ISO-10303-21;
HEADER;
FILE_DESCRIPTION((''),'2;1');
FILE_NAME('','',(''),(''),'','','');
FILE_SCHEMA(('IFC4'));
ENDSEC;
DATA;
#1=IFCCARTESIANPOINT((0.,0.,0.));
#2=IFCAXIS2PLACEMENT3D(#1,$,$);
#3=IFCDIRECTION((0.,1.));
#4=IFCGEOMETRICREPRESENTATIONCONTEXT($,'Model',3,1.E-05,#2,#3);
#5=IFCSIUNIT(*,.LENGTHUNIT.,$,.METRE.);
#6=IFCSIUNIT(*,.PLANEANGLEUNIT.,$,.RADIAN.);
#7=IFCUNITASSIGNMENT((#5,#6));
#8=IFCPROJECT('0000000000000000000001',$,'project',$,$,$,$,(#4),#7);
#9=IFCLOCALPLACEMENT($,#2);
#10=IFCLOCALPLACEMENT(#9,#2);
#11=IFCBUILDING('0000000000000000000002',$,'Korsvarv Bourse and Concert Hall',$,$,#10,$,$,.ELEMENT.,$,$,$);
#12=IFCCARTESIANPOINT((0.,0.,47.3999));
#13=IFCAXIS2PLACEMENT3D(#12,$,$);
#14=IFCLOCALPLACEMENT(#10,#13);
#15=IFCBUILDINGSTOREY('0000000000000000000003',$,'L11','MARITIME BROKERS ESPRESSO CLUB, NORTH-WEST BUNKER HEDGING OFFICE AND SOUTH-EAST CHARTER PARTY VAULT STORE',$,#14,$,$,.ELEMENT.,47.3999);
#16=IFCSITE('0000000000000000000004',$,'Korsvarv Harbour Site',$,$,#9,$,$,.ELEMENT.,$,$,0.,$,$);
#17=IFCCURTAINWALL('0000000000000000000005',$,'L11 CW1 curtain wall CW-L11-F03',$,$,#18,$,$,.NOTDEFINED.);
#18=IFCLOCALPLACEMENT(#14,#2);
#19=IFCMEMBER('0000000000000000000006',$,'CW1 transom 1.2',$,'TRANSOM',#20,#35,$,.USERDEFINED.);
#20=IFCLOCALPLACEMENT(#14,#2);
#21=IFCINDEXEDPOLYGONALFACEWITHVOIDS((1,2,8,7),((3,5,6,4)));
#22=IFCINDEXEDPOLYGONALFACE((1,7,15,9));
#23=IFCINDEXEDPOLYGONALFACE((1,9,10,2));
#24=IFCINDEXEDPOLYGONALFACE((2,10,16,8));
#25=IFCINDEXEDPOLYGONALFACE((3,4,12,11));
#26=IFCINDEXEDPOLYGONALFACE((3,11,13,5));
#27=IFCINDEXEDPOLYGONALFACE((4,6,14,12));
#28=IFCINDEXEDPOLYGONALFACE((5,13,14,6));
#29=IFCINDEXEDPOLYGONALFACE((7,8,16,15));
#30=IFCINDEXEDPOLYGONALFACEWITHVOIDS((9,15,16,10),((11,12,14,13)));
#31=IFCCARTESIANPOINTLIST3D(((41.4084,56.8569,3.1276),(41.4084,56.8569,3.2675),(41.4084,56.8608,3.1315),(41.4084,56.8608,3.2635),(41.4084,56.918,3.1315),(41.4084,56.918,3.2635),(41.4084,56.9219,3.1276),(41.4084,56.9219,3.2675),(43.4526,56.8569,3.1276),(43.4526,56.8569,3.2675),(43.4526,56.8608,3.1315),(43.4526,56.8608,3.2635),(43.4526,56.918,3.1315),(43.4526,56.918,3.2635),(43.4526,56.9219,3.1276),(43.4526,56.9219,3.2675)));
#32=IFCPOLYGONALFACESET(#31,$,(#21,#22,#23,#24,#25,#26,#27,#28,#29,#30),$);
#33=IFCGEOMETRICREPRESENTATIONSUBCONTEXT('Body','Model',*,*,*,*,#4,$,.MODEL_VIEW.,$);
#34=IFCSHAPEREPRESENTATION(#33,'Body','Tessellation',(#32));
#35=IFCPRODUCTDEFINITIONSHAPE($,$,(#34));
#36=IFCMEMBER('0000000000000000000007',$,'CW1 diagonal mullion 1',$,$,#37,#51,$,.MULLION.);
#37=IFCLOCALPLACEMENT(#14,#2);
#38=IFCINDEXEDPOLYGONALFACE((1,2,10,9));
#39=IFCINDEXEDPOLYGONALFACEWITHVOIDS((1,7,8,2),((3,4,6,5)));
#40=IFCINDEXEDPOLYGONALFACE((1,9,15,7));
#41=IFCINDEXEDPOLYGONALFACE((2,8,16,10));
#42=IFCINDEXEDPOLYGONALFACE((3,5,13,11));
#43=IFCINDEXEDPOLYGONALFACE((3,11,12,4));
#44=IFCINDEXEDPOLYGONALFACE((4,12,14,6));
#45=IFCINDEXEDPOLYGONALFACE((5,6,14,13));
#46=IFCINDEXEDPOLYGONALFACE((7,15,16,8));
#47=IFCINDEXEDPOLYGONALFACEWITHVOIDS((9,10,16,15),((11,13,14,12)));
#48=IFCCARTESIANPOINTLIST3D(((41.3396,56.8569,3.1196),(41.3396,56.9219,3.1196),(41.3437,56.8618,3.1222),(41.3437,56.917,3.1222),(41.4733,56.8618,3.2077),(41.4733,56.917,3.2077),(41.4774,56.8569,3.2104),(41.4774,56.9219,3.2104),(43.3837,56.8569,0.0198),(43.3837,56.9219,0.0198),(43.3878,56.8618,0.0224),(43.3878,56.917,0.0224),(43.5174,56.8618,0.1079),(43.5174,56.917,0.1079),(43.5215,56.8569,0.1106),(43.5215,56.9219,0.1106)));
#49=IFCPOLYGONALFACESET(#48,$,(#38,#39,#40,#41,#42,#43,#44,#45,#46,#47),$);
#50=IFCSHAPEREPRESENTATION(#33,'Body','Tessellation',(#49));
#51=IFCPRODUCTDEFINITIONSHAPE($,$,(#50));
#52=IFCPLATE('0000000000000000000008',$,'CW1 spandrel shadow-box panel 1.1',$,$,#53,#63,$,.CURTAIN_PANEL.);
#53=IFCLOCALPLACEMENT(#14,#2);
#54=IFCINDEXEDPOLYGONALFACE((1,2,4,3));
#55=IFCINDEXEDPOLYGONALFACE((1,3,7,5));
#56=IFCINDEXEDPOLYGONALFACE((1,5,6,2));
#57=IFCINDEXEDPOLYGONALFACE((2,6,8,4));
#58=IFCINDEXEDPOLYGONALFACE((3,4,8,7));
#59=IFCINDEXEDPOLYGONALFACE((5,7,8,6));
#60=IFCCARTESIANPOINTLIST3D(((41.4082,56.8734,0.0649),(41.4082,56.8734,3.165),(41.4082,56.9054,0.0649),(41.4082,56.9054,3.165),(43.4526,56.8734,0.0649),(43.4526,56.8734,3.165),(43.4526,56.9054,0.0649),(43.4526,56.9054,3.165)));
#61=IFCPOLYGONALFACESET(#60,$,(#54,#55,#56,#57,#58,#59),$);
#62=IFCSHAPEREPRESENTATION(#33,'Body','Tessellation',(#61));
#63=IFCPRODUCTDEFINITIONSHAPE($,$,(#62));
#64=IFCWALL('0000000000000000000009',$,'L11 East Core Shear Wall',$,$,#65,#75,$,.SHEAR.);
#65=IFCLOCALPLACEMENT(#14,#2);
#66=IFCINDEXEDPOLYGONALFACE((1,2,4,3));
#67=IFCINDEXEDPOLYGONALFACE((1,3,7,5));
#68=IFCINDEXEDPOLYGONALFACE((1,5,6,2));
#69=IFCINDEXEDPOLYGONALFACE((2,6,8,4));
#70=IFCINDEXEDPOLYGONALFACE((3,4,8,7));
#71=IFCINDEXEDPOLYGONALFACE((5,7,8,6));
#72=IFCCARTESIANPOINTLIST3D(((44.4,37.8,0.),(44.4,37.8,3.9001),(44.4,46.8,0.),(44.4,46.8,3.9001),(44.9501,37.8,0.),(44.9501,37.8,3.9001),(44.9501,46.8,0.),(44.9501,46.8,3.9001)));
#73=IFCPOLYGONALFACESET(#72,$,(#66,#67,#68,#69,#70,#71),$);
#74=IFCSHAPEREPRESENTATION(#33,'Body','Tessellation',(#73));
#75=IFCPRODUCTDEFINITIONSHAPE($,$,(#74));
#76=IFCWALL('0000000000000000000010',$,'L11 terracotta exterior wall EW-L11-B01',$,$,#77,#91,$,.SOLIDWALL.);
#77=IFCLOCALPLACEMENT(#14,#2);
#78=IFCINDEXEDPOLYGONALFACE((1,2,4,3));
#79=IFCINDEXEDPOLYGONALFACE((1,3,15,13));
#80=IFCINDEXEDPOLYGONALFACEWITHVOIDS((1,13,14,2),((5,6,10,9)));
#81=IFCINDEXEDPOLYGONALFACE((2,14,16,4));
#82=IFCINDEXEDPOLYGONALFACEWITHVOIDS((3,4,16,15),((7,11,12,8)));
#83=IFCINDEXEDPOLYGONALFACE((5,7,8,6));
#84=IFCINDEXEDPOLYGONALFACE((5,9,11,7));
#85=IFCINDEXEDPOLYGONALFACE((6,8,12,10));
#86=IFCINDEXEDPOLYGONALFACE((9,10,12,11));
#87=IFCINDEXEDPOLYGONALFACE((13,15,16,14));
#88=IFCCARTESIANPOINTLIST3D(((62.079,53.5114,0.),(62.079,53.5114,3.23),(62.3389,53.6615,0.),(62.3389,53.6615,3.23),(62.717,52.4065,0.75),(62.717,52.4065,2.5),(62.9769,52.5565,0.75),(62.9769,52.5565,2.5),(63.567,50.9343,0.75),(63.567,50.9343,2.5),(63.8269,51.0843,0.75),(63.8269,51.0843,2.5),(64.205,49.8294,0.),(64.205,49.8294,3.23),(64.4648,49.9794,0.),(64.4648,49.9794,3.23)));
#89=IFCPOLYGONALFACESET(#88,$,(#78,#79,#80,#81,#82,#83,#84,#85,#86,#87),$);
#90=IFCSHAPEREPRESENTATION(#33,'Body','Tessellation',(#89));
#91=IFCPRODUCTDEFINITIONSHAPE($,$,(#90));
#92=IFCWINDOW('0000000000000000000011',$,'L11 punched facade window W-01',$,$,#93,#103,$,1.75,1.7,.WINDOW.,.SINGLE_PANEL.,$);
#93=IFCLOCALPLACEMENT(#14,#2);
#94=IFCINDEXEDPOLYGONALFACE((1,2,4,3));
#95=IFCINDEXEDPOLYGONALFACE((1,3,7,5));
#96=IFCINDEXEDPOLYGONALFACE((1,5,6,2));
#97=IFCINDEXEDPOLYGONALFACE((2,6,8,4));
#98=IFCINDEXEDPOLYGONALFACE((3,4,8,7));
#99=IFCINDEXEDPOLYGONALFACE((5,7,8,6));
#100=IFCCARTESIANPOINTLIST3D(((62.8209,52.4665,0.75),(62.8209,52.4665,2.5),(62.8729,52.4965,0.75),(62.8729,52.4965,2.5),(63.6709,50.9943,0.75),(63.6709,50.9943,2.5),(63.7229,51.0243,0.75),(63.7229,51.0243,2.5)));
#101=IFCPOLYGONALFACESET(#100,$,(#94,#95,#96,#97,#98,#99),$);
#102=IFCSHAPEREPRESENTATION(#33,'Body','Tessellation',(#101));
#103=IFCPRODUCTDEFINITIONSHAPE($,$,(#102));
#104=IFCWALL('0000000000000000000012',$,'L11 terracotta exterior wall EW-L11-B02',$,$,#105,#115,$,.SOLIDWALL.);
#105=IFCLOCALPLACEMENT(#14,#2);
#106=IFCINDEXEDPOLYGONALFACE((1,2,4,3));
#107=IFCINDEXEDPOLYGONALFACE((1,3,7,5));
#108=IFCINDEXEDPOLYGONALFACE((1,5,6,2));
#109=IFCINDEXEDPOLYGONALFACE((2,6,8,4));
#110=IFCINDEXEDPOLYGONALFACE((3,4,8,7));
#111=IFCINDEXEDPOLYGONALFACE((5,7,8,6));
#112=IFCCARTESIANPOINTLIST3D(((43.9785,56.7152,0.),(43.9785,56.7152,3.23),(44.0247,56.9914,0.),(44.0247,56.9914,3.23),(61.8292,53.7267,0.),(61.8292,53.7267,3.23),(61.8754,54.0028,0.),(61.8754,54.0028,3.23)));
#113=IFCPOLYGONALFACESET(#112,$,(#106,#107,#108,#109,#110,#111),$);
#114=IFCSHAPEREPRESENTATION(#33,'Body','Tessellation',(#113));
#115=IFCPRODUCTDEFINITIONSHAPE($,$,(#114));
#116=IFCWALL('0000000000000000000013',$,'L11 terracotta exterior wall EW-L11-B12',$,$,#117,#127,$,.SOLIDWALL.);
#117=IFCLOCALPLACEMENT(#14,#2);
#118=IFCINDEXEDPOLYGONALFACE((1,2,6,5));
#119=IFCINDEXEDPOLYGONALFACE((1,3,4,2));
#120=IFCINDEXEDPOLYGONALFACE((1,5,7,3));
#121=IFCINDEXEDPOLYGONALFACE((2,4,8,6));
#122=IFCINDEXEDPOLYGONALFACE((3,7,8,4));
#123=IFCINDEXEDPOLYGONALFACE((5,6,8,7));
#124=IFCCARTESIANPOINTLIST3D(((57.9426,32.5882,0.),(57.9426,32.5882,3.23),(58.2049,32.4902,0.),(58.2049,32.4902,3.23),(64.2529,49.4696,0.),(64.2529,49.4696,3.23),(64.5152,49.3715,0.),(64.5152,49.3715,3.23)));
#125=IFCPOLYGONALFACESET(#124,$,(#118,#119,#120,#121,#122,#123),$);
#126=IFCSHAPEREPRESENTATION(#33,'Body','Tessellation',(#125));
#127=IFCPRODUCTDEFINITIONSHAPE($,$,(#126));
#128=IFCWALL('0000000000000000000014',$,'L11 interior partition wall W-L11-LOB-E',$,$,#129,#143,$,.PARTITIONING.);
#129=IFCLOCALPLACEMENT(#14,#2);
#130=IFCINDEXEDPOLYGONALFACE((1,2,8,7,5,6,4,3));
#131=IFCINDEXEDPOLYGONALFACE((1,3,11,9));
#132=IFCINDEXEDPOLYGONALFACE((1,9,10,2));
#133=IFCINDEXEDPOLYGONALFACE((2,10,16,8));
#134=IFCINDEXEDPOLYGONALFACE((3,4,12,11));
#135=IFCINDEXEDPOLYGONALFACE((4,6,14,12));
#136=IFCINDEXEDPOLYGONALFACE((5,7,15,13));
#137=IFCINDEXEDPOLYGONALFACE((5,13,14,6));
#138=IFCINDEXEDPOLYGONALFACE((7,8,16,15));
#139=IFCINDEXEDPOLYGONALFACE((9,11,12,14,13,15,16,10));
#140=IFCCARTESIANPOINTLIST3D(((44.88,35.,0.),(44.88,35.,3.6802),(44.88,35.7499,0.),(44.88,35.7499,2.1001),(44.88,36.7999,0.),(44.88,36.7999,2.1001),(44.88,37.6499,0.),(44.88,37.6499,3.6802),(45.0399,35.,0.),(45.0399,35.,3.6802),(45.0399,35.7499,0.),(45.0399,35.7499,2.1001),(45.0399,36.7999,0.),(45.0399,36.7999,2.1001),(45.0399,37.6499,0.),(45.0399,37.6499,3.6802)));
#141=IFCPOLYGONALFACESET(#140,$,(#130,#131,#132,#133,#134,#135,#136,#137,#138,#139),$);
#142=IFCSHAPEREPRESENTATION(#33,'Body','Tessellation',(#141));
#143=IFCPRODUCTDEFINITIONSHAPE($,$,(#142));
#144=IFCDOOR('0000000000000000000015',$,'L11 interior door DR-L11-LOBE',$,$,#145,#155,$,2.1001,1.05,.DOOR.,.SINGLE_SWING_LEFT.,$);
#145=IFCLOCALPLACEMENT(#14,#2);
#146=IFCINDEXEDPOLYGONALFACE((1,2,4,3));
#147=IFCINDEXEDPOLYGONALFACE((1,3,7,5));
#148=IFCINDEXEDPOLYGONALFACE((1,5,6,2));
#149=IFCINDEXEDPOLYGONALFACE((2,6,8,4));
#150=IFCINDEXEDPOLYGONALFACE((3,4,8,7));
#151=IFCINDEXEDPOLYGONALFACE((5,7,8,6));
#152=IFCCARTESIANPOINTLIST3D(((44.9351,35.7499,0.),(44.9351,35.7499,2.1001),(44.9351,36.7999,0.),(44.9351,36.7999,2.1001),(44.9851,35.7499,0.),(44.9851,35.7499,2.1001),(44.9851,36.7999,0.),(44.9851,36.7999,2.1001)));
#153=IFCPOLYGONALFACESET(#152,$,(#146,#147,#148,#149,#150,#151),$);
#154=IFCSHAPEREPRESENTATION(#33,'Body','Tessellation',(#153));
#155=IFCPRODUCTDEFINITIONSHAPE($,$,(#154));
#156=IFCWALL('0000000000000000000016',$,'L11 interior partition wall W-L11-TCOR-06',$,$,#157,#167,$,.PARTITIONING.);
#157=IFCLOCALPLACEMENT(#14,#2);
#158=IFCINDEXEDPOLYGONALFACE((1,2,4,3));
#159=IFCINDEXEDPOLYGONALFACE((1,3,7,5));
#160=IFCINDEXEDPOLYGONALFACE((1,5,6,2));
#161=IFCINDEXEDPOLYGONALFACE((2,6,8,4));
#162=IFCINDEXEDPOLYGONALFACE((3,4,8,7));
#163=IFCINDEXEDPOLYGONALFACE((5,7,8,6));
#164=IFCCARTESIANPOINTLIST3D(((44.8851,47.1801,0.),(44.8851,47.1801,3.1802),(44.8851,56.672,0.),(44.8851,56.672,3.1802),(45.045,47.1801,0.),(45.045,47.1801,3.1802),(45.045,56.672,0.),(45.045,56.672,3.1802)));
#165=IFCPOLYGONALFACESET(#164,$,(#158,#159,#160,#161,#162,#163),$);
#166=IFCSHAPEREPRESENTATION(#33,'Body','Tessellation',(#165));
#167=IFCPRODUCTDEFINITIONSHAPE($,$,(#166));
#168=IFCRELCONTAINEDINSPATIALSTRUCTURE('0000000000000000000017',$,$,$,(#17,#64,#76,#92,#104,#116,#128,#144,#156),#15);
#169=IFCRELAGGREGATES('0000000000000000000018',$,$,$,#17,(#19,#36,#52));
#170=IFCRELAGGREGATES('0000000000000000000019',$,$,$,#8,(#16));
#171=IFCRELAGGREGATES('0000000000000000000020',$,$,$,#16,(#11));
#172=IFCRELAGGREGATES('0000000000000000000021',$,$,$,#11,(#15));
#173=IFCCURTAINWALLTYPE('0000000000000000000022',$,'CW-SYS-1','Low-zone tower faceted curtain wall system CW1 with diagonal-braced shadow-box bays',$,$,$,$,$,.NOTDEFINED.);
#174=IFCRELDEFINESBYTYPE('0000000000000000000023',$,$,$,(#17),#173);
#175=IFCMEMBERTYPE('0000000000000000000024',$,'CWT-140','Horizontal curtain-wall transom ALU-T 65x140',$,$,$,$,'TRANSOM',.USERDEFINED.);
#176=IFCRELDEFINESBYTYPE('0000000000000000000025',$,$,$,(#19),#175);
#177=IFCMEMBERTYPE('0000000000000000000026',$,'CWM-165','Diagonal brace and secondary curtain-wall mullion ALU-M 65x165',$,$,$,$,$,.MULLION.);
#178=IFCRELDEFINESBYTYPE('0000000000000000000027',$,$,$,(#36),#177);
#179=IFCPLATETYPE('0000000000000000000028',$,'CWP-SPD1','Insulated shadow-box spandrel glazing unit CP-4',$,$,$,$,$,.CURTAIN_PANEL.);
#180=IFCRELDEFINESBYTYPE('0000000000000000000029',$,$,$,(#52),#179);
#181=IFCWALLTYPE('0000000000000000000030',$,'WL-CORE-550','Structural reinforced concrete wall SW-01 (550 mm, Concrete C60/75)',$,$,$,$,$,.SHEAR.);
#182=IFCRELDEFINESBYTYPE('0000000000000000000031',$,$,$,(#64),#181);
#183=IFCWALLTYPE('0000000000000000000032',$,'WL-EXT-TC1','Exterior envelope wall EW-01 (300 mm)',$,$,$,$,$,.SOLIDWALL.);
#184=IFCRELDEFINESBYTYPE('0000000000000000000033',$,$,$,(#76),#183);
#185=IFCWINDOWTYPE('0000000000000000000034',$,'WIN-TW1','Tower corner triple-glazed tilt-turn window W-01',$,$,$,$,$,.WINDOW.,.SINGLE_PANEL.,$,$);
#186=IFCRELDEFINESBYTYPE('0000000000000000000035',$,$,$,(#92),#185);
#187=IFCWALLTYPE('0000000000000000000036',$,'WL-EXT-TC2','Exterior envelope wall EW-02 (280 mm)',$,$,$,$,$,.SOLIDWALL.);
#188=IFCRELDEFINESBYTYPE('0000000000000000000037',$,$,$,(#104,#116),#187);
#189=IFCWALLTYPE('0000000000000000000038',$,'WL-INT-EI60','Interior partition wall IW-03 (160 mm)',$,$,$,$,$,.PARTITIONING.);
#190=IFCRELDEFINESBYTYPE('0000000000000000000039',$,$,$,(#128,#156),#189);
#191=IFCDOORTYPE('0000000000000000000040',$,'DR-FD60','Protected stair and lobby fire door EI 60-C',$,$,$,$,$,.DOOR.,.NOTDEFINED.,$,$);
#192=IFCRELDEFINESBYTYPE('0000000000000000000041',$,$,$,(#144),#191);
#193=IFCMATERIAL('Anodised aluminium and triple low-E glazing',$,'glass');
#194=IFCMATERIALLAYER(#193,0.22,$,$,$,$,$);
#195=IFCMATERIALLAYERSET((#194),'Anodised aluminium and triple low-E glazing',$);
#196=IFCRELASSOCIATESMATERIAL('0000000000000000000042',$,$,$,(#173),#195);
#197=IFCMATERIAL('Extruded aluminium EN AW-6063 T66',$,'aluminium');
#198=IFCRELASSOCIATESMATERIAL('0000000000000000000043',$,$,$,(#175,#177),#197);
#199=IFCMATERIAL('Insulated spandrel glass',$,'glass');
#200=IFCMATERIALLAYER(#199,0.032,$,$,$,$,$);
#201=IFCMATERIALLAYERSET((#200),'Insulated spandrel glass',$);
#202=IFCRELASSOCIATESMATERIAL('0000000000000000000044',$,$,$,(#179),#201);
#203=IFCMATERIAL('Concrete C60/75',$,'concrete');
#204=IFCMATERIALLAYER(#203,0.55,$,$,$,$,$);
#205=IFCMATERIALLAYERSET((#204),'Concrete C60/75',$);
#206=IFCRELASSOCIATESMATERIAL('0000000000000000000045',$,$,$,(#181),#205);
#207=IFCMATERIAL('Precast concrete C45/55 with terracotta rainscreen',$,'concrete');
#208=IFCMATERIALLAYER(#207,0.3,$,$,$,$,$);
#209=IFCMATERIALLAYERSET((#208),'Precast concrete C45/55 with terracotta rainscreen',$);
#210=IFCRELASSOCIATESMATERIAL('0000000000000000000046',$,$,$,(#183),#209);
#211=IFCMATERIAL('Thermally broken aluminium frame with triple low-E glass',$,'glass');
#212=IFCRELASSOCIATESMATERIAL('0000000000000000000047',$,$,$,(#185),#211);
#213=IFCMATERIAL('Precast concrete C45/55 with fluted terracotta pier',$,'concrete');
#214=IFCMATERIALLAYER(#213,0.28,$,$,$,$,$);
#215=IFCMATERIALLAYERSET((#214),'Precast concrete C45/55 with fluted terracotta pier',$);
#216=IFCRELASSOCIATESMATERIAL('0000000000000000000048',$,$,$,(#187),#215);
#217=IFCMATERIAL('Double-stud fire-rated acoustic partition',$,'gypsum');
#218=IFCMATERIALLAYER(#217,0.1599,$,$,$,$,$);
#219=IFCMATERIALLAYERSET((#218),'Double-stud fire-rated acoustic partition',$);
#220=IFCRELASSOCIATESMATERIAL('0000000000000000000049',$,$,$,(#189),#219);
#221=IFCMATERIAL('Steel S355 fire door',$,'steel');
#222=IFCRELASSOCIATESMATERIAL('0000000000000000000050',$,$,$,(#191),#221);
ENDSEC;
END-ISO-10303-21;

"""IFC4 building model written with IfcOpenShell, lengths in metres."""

from ifc_helpers import new_model, si_unit, direction, frame, frame_2d, origin, origin_2d, place, context, subcontext, project, spatial, rectangle, hollow_rectangle, extrude, source, transform, mapped, material, layer, layer_set, material_profile, profile_set, type_object, element, fill, aggregate, save


model = new_model("IFC4")

# Units and contexts
model_context = context("Model", 3, precision=1e-05, world=origin(), true_north=direction((0.0, 1.0)))
body_context = subcontext(model_context, "Body", "Model", "MODEL_VIEW")
ifc_project = project(units=[si_unit("LENGTHUNIT", "METRE"), si_unit("PLANEANGLEUNIT", "RADIAN")], contexts=[model_context])

# Site, building, storey
site_placement = place(None, origin())
site = spatial("IfcSite", under=ifc_project, at=site_placement, Name="Korsvarv Harbour Site", CompositionType="ELEMENT", RefElevation=0.0)
building_placement = place(site_placement, origin())
building = spatial("IfcBuilding", under=site, at=building_placement, Name="Korsvarv Bourse and Concert Hall", CompositionType="ELEMENT")
storey_placement = place(building_placement, frame((0.0, 0.0, 47.3999)))
storey = spatial("IfcBuildingStorey", under=building, at=storey_placement, Name="L11", Description="MARITIME BROKERS ESPRESSO CLUB, NORTH-WEST BUNKER HEDGING OFFICE AND SOUTH-EAST CHARTER PARTY VAULT STORE", CompositionType="ELEMENT", Elevation=47.3999)

# Shared definitions
ifc_material_1 = material(Name="Concrete C60/75", Category="concrete")

# Curtain wall, members, plate
ifc_material_2 = material(Name="Anodised aluminium and triple low-E glazing", Category="glass")
ifc_layer_1 = layer(ifc_material_2, 0.22)
ifc_layer_set_1 = layer_set([ifc_layer_1], Name="Anodised aluminium and triple low-E glazing")
curtain_wall_type = type_object("IfcCurtainWallType", Name="CW-SYS-1", Description="Low-zone tower faceted curtain wall system CW1 with diagonal-braced shadow-box bays", PredefinedType="NOTDEFINED", material=ifc_layer_set_1)
curtain_wall_placement = place(storey_placement, origin())
curtain_wall = element("IfcCurtainWall", 1, at=curtain_wall_placement, inside=storey, type_object=curtain_wall_type, Name="L11 CW1 curtain wall CW-L11-F03", PredefinedType="NOTDEFINED")
ifc_material_3 = material(Name="Extruded aluminium EN AW-6063 T66", Category="aluminium")
ifc_material_profile_1 = material_profile(ifc_material_3, hollow_rectangle(XDim=0.0649, YDim=0.1399, WallThickness=0.0039, at=origin_2d()), Name="ALU-T 65x140")
ifc_profile_set_1 = profile_set([ifc_material_profile_1], Name="Extruded aluminium EN AW-6063 T66")
member_type_1 = type_object("IfcMemberType", Name="CWT-140", Description="Horizontal curtain-wall transom ALU-T 65x140", ElementType="TRANSOM", PredefinedType="USERDEFINED", material=ifc_profile_set_1)
shared_shape_1 = source(origin(), body_context, "Body", "SweptSolid", [
    extrude(hollow_rectangle(XDim=0.0649, YDim=0.1399, WallThickness=0.0039, at=origin_2d()), origin(), (0.0, 0.0, 1.0), 2.0442),
])
member_1_placement = place(storey_placement, frame((43.4526, 56.8894, 3.1975), z_axis=(-1.0, 0.0, 0.0), x_axis=(0.0, -1.0, 0.0)))
member_1 = element("IfcMember", 2, at=member_1_placement, type_object=member_type_1, Name="CW1 transom 1.2", ObjectType="TRANSOM", PredefinedType="USERDEFINED", context=body_context, shape_type="MappedRepresentation", body=[
    mapped(shared_shape_1, transform((0.0, 0.0, 0.0), scale=1.0)),
])
ifc_material_profile_2 = material_profile(ifc_material_3, hollow_rectangle(XDim=0.0649, YDim=0.165, WallThickness=0.0049, at=origin_2d()), Name="ALU-M 65x165")
ifc_profile_set_2 = profile_set([ifc_material_profile_2], Name="Extruded aluminium EN AW-6063 T66")
member_type_2 = type_object("IfcMemberType", Name="CWM-165", Description="Diagonal brace and secondary curtain-wall mullion ALU-M 65x165", PredefinedType="MULLION", material=ifc_profile_set_2)
shared_shape_2 = source(origin(), body_context, "Body", "SweptSolid", [
    extrude(hollow_rectangle(XDim=0.0649, YDim=0.165, WallThickness=0.0049, at=origin_2d()), origin(), (0.0, 0.0, 1.0), 3.7131),
])
member_2_placement = place(storey_placement, frame((43.4526, 56.8894, 0.0652), z_axis=(-0.550521, 0.0, 0.834822), x_axis=(0.0, -1.0, 0.0)))
member_2 = element("IfcMember", 3, at=member_2_placement, type_object=member_type_2, Name="CW1 diagonal mullion 1", PredefinedType="MULLION", context=body_context, shape_type="MappedRepresentation", body=[
    mapped(shared_shape_2, transform((0.0, 0.0, 0.0), scale=1.0)),
])
ifc_material_4 = material(Name="Insulated spandrel glass", Category="glass")
ifc_layer_2 = layer(ifc_material_4, 0.032)
ifc_layer_set_2 = layer_set([ifc_layer_2], Name="Insulated spandrel glass")
plate_type = type_object("IfcPlateType", Name="CWP-SPD1", Description="Insulated shadow-box spandrel glazing unit CP-4", PredefinedType="CURTAIN_PANEL", material=ifc_layer_set_2)
shared_shape_3 = source(origin(), body_context, "Body", "SweptSolid", [
    extrude(rectangle(XDim=2.0444, YDim=0.032, at=origin_2d()), origin(), (0.0, 0.0, 1.0), 3.1001),
])
plate_placement = place(storey_placement, frame((42.4304, 56.8894, 0.0649), z_axis=(0.0, 0.0, 1.0), x_axis=(-1.0, 0.0, 0.0)))
plate = element("IfcPlate", 4, at=plate_placement, type_object=plate_type, Name="CW1 spandrel shadow-box panel 1.1", PredefinedType="CURTAIN_PANEL", context=body_context, shape_type="MappedRepresentation", body=[
    mapped(shared_shape_3, transform((0.0, 0.0, 0.0), scale=1.0)),
])
aggregate(curtain_wall, [member_1, member_2, plate])

# Wall
ifc_layer_3 = layer(ifc_material_1, 0.55)
ifc_layer_set_3 = layer_set([ifc_layer_3], Name="Concrete C60/75")
wall_type_1 = type_object("IfcWallType", Name="WL-CORE-550", Description="Structural reinforced concrete wall SW-01 (550 mm, Concrete C60/75)", PredefinedType="SHEAR", material=ifc_layer_set_3)
wall_1_placement = place(storey_placement, frame((44.675, 37.8, 0.0), z_axis=(0.0, 0.0, 1.0), x_axis=(0.0, 1.0, 0.0)))
element("IfcWall", 5, at=wall_1_placement, inside=storey, type_object=wall_type_1, Name="L11 East Core Shear Wall", PredefinedType="SHEAR", context=body_context, shape_type="SweptSolid", body=[
    extrude(rectangle(XDim=9.0, YDim=0.55, at=frame_2d((4.5, 0.0))), origin(), (0.0, 0.0, 1.0), 3.9001),
])

# Wall, opening, window
ifc_material_5 = material(Name="Precast concrete C45/55 with terracotta rainscreen", Category="concrete")
ifc_layer_4 = layer(ifc_material_5, 0.3)
ifc_layer_set_4 = layer_set([ifc_layer_4], Name="Precast concrete C45/55 with terracotta rainscreen")
wall_type_2 = type_object("IfcWallType", Name="WL-EXT-TC1", Description="Exterior envelope wall EW-01 (300 mm)", PredefinedType="SOLIDWALL", material=ifc_layer_set_4)
wall_2_placement = place(storey_placement, frame((64.335, 49.9043, 0.0), z_axis=(0.0, 0.0, 1.0), x_axis=(-0.500017, 0.866015, 0.0)))
wall_2 = element("IfcWall", 6, at=wall_2_placement, inside=storey, type_object=wall_type_2, Name="L11 terracotta exterior wall EW-L11-B01", PredefinedType="SOLIDWALL", context=body_context, shape_type="SweptSolid", body=[
    extrude(rectangle(XDim=4.2517, YDim=0.3, at=frame_2d((2.126, 0.0))), origin(), (0.0, 0.0, 1.0), 3.23),
])
opening_1_placement = place(wall_2_placement, frame((1.2759, 0.0, 0.75)))
opening_1 = element("IfcOpeningElement", 7, at=opening_1_placement, cuts=wall_2, PredefinedType="OPENING", context=body_context, shape_type="SweptSolid", body=[
    extrude(rectangle(XDim=1.7, YDim=1.75, at=frame_2d((0.8501, 0.875))), frame((0.0, 0.1602, 0.0), z_axis=(0.0, -1.0, 0.0), x_axis=(1.0, 0.0, 0.0)), (0.0, 0.0, 1.0), 0.3201),
])
ifc_material_6 = material(Name="Thermally broken aluminium frame with triple low-E glass", Category="glass")
window_type = type_object("IfcWindowType", Name="WIN-TW1", Description="Tower corner triple-glazed tilt-turn window W-01", PartitioningType="SINGLE_PANEL", PredefinedType="WINDOW", material=ifc_material_6)
window_placement = place(opening_1_placement, origin())
window = element("IfcWindow", 8, at=window_placement, inside=storey, type_object=window_type, Name="L11 punched facade window W-01", OverallHeight=1.75, OverallWidth=1.7, PartitioningType="SINGLE_PANEL", PredefinedType="WINDOW", context=body_context, shape_type="SweptSolid", body=[
    extrude(rectangle(XDim=1.7, YDim=1.75, at=frame_2d((0.8501, 0.875))), frame((0.0, 0.03, 0.0), z_axis=(0.0, -1.0, 0.0), x_axis=(1.0, 0.0, 0.0)), (0.0, 0.0, 1.0), 0.0601),
])
fill(opening_1, window)

# Walls
ifc_material_7 = material(Name="Precast concrete C45/55 with fluted terracotta pier", Category="concrete")
ifc_layer_5 = layer(ifc_material_7, 0.28)
ifc_layer_set_5 = layer_set([ifc_layer_5], Name="Precast concrete C45/55 with fluted terracotta pier")
wall_type_3 = type_object("IfcWallType", Name="WL-EXT-TC2", Description="Exterior envelope wall EW-02 (280 mm)", PredefinedType="SOLIDWALL", material=ifc_layer_set_5)
wall_3_placement = place(storey_placement, frame((61.8523, 53.8647, 0.0), z_axis=(0.0, 0.0, 1.0), x_axis=(-0.986273, 0.165121, 0.0)))
element("IfcWall", 9, at=wall_3_placement, inside=storey, type_object=wall_type_3, Name="L11 terracotta exterior wall EW-L11-B02", PredefinedType="SOLIDWALL", context=body_context, shape_type="SweptSolid", body=[
    extrude(rectangle(XDim=18.0991, YDim=0.28, at=frame_2d((9.0496, 0.0))), origin(), (0.0, 0.0, 1.0), 3.23),
])
wall_4_placement = place(storey_placement, frame((58.0737, 32.5391, 0.0), z_axis=(0.0, 0.0, 1.0), x_axis=(0.35014, 0.936697, 0.0)))
element("IfcWall", 10, at=wall_4_placement, inside=storey, type_object=wall_type_3, Name="L11 terracotta exterior wall EW-L11-B12", PredefinedType="SOLIDWALL", context=body_context, shape_type="SweptSolid", body=[
    extrude(rectangle(XDim=18.0222, YDim=0.28, at=frame_2d((9.0112, 0.0))), origin(), (0.0, 0.0, 1.0), 3.23),
])

# Wall, opening, door
ifc_material_8 = material(Name="Double-stud fire-rated acoustic partition", Category="gypsum")
ifc_layer_6 = layer(ifc_material_8, 0.1599)
ifc_layer_set_6 = layer_set([ifc_layer_6], Name="Double-stud fire-rated acoustic partition")
wall_type_4 = type_object("IfcWallType", Name="WL-INT-EI60", Description="Interior partition wall IW-03 (160 mm)", PredefinedType="PARTITIONING", material=ifc_layer_set_6)
wall_5_placement = place(storey_placement, frame((44.96, 35.0, 0.0), z_axis=(0.0, 0.0, 1.0), x_axis=(0.0, 1.0, 0.0)))
wall_5 = element("IfcWall", 11, at=wall_5_placement, inside=storey, type_object=wall_type_4, Name="L11 interior partition wall W-L11-LOB-E", PredefinedType="PARTITIONING", context=body_context, shape_type="SweptSolid", body=[
    extrude(rectangle(XDim=2.6499, YDim=0.1599, at=frame_2d((1.325, 0.0))), origin(), (0.0, 0.0, 1.0), 3.6802),
])
opening_2_placement = place(wall_5_placement, frame((0.75, 0.0, 0.0)))
opening_2 = element("IfcOpeningElement", 12, at=opening_2_placement, cuts=wall_5, PredefinedType="OPENING", context=body_context, shape_type="SweptSolid", body=[
    extrude(rectangle(XDim=1.05, YDim=2.1001, at=frame_2d((0.5249, 1.05))), frame((0.0, 0.0898, 0.0), z_axis=(0.0, -1.0, 0.0), x_axis=(1.0, 0.0, 0.0)), (0.0, 0.0, 1.0), 0.1799),
])
ifc_material_9 = material(Name="Steel S355 fire door", Category="steel")
door_type = type_object("IfcDoorType", Name="DR-FD60", Description="Protected stair and lobby fire door EI 60-C", OperationType="NOTDEFINED", PredefinedType="DOOR", material=ifc_material_9)
door_placement = place(opening_2_placement, origin())
door = element("IfcDoor", 13, at=door_placement, inside=storey, type_object=door_type, Name="L11 interior door DR-L11-LOBE", OperationType="SINGLE_SWING_LEFT", OverallHeight=2.1001, OverallWidth=1.05, PredefinedType="DOOR", context=body_context, shape_type="SweptSolid", body=[
    extrude(rectangle(XDim=1.05, YDim=2.1001, at=frame_2d((0.5249, 1.05))), frame((0.0, 0.0249, 0.0), z_axis=(0.0, -1.0, 0.0), x_axis=(1.0, 0.0, 0.0)), (0.0, 0.0, 1.0), 0.05),
])
fill(opening_2, door)

# Wall
wall_6_placement = place(storey_placement, frame((44.9651, 47.1799, 0.0), z_axis=(0.0, 0.0, 1.0), x_axis=(0.0, 1.0, 0.0)))
element("IfcWall", 14, at=wall_6_placement, inside=storey, type_object=wall_type_4, Name="L11 interior partition wall W-L11-TCOR-06", PredefinedType="PARTITIONING", context=body_context, shape_type="SweptSolid", body=[
    extrude(rectangle(XDim=9.4919, YDim=0.1599, at=frame_2d((4.7461, 0.0))), origin(), (0.0, 0.0, 1.0), 3.1802),
])

save(model, "model.ifc")
